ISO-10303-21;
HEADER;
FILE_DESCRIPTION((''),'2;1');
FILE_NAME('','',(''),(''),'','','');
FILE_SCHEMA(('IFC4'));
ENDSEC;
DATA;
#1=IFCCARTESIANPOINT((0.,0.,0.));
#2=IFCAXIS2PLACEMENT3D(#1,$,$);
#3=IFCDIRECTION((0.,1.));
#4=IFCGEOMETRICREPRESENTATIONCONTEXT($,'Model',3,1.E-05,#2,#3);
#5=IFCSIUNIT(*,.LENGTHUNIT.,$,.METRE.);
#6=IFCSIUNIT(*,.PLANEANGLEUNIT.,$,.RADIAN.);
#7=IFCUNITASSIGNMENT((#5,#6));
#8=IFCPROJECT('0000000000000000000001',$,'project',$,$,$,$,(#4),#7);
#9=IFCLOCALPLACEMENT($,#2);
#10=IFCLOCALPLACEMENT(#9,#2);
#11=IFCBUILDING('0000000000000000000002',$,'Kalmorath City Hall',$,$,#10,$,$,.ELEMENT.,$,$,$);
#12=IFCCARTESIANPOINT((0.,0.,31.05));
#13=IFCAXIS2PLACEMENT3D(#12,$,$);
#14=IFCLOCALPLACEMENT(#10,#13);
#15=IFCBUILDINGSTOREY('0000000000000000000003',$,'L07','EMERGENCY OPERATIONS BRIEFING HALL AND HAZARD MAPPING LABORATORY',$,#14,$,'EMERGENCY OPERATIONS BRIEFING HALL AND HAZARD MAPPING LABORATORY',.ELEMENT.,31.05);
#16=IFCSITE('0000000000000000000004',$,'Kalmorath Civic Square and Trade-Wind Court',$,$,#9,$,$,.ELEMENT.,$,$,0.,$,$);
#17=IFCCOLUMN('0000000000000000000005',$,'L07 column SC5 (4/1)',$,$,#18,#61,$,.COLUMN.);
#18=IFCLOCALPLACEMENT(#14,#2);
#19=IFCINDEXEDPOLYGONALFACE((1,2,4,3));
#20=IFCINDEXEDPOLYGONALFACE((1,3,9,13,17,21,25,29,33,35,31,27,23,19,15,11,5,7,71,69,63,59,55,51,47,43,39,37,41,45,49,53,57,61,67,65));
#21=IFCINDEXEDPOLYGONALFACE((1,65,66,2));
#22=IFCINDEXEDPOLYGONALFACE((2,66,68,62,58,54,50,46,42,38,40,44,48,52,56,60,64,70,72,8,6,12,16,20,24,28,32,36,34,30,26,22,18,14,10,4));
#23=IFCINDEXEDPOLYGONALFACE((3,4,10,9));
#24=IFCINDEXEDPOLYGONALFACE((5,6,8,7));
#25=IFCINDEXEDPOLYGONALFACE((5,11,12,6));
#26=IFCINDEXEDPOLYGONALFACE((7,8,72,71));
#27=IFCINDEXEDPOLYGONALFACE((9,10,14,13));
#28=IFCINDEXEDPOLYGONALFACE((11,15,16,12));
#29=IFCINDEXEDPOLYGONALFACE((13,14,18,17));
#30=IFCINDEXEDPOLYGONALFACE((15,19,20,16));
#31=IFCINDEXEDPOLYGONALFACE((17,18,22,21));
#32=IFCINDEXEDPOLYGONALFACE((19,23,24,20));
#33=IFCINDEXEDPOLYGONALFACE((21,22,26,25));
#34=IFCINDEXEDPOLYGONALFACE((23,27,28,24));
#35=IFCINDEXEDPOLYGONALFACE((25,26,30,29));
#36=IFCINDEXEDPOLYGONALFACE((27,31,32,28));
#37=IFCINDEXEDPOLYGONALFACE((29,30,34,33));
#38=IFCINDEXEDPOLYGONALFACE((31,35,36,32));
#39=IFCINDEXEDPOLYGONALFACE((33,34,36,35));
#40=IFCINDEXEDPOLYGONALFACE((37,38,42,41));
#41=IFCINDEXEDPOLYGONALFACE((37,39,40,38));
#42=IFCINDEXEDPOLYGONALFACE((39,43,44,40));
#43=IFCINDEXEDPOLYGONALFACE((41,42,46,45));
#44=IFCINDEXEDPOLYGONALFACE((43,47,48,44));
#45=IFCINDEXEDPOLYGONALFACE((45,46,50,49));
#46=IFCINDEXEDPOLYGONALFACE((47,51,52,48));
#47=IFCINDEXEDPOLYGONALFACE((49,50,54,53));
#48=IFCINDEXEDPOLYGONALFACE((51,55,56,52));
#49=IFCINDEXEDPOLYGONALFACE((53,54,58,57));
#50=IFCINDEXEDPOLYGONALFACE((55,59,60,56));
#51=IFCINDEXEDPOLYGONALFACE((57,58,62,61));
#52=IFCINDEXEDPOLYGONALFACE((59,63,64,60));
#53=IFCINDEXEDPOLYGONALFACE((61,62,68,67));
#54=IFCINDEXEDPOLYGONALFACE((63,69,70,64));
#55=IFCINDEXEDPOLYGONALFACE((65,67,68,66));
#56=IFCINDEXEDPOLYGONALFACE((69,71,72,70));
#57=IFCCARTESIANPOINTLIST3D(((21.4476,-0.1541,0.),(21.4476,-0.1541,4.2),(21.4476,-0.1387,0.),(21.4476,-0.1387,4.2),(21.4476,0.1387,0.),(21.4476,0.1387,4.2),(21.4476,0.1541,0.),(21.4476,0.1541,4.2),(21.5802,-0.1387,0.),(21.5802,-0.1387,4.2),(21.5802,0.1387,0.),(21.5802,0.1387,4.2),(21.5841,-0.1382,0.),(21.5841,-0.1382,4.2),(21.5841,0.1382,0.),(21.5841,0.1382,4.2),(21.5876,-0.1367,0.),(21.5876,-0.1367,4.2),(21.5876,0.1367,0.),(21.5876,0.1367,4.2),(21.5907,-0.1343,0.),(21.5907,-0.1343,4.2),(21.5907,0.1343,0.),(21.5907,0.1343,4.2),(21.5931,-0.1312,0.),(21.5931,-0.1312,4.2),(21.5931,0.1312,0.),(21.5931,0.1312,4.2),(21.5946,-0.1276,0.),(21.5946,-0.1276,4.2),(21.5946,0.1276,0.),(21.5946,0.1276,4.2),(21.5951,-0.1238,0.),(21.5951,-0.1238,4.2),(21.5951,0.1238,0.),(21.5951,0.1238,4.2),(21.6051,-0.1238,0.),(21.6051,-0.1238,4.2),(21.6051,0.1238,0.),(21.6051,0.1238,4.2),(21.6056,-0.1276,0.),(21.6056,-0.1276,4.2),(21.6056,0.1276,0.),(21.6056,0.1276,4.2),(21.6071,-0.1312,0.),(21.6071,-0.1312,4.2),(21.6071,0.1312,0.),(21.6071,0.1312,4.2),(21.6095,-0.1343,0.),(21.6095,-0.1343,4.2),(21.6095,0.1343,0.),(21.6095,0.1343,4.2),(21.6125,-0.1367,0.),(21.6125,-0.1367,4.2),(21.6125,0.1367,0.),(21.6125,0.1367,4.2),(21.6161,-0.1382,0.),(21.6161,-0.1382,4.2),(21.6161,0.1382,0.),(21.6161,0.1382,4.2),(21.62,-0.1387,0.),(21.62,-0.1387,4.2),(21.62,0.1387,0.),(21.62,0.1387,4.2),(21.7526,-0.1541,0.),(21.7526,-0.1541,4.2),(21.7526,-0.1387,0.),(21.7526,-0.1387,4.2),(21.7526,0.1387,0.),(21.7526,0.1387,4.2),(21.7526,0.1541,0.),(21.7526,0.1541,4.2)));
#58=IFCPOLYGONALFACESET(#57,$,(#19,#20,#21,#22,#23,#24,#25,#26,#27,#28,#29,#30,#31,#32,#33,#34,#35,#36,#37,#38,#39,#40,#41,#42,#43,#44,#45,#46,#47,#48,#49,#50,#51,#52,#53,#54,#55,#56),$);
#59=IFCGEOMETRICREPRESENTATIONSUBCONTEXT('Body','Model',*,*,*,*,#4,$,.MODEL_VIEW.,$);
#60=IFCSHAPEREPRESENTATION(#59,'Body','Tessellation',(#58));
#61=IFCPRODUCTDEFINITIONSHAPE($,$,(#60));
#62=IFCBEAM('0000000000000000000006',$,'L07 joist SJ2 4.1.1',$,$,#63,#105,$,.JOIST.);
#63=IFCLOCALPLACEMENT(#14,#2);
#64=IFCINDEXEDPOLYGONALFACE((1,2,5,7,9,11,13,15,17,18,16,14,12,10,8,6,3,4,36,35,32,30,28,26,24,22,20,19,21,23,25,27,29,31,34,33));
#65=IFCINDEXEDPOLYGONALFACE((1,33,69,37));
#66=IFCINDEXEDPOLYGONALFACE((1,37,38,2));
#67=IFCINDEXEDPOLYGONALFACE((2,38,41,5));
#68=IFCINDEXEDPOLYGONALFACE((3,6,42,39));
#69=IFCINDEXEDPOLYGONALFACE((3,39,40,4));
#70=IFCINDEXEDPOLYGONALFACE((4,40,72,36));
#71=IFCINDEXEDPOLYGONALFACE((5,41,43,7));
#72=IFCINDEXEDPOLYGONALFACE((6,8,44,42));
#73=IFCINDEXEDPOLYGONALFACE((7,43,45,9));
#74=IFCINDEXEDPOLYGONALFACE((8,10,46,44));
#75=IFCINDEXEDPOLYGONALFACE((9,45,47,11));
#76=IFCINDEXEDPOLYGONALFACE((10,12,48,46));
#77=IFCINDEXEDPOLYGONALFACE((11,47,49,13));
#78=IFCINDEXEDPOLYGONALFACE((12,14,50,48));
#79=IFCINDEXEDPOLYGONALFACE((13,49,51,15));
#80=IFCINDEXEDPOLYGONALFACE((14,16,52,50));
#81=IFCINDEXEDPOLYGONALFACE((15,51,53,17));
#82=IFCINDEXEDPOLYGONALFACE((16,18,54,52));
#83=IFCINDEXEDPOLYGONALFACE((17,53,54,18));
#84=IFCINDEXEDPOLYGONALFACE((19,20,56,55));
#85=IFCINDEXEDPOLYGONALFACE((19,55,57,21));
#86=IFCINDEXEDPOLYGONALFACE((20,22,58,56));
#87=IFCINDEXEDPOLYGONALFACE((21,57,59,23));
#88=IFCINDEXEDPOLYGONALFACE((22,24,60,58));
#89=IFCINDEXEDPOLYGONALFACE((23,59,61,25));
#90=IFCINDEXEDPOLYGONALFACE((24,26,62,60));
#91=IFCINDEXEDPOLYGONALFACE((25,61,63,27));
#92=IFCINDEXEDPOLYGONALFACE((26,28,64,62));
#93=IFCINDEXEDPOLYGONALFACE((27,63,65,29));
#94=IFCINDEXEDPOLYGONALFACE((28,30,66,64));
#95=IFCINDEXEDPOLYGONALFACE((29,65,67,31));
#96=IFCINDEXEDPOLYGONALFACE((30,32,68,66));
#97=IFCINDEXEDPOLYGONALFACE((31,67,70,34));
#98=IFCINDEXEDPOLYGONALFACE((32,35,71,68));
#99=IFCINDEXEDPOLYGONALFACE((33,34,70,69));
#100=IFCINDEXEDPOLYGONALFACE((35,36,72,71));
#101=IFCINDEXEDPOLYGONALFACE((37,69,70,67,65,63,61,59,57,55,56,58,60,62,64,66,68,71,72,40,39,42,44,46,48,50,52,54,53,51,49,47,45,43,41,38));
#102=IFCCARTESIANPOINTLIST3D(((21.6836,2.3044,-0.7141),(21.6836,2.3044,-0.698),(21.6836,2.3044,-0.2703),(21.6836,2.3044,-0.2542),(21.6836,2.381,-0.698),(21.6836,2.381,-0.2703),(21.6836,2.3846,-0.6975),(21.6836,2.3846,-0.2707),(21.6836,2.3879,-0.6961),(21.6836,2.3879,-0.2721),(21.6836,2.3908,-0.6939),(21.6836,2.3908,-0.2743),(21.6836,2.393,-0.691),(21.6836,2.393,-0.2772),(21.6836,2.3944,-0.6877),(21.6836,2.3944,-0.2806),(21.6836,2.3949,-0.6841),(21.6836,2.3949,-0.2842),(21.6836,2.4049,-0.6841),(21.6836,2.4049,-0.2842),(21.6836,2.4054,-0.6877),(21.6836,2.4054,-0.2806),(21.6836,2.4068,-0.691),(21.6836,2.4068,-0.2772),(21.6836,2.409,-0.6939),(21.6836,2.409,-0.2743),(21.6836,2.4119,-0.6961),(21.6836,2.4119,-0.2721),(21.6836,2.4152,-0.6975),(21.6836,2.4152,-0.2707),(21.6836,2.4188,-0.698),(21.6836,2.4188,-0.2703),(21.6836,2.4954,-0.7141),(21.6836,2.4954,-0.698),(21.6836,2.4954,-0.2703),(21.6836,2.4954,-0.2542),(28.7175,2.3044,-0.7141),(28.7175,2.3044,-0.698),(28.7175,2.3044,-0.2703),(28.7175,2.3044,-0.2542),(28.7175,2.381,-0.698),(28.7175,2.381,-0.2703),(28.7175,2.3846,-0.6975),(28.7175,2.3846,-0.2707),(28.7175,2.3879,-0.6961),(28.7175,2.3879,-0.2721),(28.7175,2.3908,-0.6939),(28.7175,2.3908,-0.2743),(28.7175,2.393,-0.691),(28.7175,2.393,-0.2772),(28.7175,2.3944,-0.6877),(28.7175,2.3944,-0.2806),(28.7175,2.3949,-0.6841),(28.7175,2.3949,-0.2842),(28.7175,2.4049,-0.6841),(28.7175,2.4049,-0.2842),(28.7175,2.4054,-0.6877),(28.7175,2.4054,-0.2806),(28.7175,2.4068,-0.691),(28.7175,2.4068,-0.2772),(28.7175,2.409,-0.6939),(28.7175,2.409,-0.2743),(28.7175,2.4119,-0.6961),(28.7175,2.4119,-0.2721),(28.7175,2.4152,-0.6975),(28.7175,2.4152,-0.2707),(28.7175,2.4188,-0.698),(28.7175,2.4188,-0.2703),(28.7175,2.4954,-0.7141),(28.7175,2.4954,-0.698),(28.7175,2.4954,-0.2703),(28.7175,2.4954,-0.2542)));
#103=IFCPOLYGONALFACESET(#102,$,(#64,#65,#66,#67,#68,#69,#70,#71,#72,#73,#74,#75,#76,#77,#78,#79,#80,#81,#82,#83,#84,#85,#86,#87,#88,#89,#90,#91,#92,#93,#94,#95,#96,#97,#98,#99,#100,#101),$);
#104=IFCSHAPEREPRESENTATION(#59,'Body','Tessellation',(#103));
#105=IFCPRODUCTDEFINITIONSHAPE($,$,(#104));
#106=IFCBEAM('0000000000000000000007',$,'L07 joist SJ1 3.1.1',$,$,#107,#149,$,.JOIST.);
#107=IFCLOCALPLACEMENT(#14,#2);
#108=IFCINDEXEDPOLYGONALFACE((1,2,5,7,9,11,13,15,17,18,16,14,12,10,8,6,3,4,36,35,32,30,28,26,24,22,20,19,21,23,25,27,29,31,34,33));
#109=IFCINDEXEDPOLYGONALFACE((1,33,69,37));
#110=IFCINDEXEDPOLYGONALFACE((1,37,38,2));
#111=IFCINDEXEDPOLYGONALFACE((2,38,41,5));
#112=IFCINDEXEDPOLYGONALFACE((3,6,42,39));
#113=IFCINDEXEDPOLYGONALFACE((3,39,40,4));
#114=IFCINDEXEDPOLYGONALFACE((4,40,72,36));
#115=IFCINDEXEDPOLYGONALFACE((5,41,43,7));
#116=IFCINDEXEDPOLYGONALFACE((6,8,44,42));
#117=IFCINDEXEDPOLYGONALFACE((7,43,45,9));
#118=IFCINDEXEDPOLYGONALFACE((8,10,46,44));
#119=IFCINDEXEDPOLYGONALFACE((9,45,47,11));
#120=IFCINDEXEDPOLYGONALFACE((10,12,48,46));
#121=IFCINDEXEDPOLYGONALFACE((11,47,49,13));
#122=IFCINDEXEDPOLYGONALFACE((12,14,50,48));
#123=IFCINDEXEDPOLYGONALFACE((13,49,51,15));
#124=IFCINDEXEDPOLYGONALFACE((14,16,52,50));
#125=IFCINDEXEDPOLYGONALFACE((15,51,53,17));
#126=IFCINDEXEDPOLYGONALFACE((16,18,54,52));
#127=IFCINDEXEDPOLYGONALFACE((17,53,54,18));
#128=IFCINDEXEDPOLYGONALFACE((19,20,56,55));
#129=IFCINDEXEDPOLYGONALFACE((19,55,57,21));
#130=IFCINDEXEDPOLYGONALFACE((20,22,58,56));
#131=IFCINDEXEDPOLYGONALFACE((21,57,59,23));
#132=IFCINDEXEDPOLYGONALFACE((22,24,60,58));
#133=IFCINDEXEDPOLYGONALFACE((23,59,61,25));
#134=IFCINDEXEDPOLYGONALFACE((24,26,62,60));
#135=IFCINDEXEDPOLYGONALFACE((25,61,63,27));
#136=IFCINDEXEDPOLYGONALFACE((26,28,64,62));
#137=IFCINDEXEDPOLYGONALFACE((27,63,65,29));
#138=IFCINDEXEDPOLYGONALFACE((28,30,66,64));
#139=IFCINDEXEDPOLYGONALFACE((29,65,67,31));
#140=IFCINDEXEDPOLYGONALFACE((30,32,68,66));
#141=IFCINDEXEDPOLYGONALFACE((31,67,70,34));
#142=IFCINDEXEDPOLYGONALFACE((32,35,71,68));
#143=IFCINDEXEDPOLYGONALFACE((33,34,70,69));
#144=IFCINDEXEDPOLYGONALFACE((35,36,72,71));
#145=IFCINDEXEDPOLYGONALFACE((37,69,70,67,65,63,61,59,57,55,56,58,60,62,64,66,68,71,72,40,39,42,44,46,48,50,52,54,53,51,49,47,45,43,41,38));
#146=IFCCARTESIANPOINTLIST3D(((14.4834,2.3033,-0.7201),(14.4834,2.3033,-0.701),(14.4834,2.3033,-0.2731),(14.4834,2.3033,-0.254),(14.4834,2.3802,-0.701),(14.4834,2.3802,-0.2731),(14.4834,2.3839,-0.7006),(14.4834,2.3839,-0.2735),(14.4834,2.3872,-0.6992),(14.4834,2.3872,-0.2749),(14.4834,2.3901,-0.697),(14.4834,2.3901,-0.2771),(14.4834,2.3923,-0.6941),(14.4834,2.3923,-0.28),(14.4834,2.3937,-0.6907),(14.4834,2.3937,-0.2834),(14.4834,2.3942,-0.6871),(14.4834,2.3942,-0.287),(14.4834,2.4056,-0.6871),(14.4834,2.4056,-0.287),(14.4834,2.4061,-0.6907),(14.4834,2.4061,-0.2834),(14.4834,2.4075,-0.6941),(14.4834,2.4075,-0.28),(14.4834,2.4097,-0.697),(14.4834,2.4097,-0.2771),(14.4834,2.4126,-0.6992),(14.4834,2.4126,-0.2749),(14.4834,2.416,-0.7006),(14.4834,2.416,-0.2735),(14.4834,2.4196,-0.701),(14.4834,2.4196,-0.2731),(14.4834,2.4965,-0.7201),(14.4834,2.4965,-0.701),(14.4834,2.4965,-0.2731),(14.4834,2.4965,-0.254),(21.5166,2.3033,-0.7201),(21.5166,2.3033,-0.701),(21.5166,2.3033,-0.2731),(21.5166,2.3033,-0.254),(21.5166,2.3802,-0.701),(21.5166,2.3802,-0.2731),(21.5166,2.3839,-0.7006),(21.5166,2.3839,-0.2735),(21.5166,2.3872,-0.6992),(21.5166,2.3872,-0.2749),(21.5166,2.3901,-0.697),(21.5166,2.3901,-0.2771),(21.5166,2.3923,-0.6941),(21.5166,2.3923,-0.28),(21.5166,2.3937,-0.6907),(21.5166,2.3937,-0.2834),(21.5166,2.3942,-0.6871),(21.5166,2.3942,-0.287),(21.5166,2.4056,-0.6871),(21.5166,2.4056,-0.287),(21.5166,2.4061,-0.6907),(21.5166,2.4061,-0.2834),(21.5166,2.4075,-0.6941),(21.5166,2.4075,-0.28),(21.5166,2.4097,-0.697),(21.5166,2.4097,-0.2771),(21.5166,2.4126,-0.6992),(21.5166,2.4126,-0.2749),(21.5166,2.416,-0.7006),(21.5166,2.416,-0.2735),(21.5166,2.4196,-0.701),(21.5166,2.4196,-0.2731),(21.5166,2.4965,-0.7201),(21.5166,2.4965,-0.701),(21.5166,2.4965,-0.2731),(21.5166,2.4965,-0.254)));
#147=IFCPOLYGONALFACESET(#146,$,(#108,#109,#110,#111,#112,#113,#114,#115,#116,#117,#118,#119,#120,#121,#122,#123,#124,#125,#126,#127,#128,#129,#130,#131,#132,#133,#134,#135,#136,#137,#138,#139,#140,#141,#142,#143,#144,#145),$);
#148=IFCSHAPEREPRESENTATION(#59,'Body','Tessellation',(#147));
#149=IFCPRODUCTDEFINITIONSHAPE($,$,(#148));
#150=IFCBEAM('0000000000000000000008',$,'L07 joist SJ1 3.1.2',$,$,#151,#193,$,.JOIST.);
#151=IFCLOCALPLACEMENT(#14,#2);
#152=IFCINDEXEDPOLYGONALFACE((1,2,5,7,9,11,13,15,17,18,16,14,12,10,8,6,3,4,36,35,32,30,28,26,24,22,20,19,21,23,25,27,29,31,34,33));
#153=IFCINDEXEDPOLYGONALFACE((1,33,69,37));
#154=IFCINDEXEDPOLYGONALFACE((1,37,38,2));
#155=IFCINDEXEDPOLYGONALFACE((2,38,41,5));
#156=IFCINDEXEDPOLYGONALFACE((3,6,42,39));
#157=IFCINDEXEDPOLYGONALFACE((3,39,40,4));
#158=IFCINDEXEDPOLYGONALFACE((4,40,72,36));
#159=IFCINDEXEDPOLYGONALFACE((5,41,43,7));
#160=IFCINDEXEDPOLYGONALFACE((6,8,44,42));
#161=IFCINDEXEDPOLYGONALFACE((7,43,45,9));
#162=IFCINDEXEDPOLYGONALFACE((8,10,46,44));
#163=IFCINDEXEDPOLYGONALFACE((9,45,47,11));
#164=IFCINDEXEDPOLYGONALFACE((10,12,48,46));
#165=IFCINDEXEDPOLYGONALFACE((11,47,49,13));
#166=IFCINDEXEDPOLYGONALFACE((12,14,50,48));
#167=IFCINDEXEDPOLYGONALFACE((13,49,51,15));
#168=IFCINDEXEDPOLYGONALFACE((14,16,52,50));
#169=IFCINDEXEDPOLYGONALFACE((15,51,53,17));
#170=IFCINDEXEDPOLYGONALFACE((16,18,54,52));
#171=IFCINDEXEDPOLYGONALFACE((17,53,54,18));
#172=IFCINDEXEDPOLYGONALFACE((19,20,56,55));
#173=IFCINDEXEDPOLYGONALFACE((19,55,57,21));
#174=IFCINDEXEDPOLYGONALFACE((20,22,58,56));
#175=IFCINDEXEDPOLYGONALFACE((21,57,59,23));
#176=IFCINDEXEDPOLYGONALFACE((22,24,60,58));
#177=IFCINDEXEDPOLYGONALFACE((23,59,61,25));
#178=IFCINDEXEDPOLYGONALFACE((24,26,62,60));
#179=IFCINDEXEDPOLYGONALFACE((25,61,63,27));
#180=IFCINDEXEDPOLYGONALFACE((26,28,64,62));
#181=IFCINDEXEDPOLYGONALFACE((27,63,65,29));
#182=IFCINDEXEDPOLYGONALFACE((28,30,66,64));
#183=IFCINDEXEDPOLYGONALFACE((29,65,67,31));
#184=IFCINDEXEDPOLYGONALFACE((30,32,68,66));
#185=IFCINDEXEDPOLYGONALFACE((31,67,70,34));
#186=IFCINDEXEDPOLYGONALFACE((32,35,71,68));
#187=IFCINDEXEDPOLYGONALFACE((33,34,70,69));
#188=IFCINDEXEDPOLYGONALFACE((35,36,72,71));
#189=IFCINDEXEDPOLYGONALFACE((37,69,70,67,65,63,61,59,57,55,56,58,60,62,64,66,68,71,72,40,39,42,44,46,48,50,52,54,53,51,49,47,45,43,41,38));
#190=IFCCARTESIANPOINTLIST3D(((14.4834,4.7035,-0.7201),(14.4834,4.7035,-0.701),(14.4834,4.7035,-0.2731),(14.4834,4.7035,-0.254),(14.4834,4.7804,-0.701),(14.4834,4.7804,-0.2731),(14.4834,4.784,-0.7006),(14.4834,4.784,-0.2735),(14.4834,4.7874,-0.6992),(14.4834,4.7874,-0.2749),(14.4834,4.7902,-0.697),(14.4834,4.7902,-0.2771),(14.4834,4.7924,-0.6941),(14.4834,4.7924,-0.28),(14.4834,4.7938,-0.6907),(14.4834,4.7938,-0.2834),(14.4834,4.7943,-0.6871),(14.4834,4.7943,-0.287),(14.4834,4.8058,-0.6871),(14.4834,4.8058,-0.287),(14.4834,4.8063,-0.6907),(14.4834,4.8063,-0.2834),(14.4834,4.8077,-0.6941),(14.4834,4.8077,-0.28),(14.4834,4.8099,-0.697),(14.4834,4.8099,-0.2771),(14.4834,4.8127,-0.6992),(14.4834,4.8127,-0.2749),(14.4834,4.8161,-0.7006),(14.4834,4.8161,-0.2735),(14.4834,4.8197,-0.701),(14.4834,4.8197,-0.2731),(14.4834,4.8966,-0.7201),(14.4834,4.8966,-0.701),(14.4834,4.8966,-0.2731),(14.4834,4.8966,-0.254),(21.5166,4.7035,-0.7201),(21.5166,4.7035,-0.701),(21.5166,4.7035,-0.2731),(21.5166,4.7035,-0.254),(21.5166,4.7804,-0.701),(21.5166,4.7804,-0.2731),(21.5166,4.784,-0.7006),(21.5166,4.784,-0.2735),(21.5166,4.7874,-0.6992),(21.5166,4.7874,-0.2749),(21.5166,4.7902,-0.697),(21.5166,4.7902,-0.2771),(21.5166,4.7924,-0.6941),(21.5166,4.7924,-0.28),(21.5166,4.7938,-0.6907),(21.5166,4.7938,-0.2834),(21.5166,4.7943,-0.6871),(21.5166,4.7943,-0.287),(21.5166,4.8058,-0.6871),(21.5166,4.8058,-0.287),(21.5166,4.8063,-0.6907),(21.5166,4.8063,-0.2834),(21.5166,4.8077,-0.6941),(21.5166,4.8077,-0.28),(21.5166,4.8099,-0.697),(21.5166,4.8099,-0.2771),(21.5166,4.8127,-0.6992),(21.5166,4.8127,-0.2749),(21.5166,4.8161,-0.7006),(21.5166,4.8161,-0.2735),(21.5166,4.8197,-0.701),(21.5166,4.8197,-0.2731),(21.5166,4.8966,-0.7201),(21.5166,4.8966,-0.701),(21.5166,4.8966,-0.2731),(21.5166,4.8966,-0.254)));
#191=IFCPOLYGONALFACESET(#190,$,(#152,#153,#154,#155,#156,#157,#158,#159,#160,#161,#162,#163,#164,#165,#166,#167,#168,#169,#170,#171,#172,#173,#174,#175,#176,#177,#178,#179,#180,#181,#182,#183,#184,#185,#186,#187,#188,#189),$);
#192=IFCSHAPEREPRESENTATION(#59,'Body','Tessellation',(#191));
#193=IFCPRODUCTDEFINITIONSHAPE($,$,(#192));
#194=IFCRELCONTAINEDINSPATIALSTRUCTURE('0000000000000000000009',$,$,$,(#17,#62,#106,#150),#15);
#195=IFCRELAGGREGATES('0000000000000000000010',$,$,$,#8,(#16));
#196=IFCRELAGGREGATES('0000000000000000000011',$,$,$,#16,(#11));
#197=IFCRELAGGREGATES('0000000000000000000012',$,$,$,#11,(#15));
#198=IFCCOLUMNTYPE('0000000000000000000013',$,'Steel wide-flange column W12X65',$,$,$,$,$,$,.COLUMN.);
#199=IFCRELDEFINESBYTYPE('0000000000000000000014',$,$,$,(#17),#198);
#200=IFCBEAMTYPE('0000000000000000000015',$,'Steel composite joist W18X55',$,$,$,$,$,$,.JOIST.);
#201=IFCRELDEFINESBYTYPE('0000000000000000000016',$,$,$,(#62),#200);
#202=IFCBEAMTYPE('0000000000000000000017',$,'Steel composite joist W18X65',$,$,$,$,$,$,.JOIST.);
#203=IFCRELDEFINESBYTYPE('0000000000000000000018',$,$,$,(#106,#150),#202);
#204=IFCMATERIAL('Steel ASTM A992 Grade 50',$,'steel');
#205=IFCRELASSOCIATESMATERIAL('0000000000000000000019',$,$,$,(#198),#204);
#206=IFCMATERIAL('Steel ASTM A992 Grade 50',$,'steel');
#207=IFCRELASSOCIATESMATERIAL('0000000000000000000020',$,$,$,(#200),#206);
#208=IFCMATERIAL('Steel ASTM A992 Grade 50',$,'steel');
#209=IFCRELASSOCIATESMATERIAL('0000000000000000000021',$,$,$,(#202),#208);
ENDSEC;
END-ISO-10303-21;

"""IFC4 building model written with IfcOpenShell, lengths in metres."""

from ifc_helpers import new_model, si_unit, direction, frame, origin, origin_2d, place, context, subcontext, project, spatial, i_section, extrude, material, material_profile, profile_set, type_object, element, save


model = new_model("IFC4")

# Units and contexts
model_context = context("Model", 3, precision=1e-05, world=origin(), true_north=direction((0.0, 1.0)))
body_context = subcontext(model_context, "Body", "Model", "MODEL_VIEW")
ifc_project = project(units=[si_unit("LENGTHUNIT", "METRE"), si_unit("PLANEANGLEUNIT", "RADIAN")], contexts=[model_context])

# Site, building, storey
site_placement = place(None, origin())
site = spatial("IfcSite", under=ifc_project, at=site_placement, Name="Kalmorath Civic Square and Trade-Wind Court", CompositionType="ELEMENT", RefElevation=0.0)
building_placement = place(site_placement, origin())
building = spatial("IfcBuilding", under=site, at=building_placement, Name="Kalmorath City Hall", CompositionType="ELEMENT")
storey_placement = place(building_placement, frame((0.0, 0.0, 31.05)))
storey = spatial("IfcBuildingStorey", under=building, at=storey_placement, Name="L07", Description="EMERGENCY OPERATIONS BRIEFING HALL AND HAZARD MAPPING LABORATORY", LongName="EMERGENCY OPERATIONS BRIEFING HALL AND HAZARD MAPPING LABORATORY", CompositionType="ELEMENT", Elevation=31.05)

# Column
ifc_material_1 = material(Name="Steel ASTM A992 Grade 50", Category="steel")
ifc_material_profile_1 = material_profile(ifc_material_1, i_section(OverallWidth=0.3049, OverallDepth=0.3081, WebThickness=0.01, FlangeThickness=0.0154, FilletRadius=0.0149, at=origin_2d()), Name="W12X65")
ifc_profile_set_1 = profile_set([ifc_material_profile_1], Name="Steel ASTM A992 Grade 50")
column_type = type_object("IfcColumnType", Name="Steel wide-flange column W12X65", PredefinedType="COLUMN", material=ifc_profile_set_1)
column_placement = place(storey_placement, frame((21.6001, 0.0, 0.0), z_axis=(0.0, 0.0, 1.0), x_axis=(1.0, 0.0, 0.0)))
element("IfcColumn", 1, at=column_placement, inside=storey, type_object=column_type, Name="L07 column SC5 (4/1)", PredefinedType="COLUMN", context=body_context, shape_type="SweptSolid", body=[
    extrude(i_section(OverallWidth=0.3049, OverallDepth=0.3081, WebThickness=0.01, FlangeThickness=0.0154, FilletRadius=0.0149, at=origin_2d()), origin(), (0.0, 0.0, 1.0), 4.2),
])

# Beams
ifc_material_2 = material(Name="Steel ASTM A992 Grade 50", Category="steel")
ifc_material_profile_2 = material_profile(ifc_material_2, i_section(OverallWidth=0.1909, OverallDepth=0.46, WebThickness=0.01, FlangeThickness=0.0161, FilletRadius=0.0139, at=origin_2d()), Name="W18X55")
ifc_profile_set_2 = profile_set([ifc_material_profile_2], Name="Steel ASTM A992 Grade 50")
beam_type_1 = type_object("IfcBeamType", Name="Steel composite joist W18X55", PredefinedType="JOIST", material=ifc_profile_set_2)
beam_1_placement = place(storey_placement, frame((21.6836, 2.3999, -0.4841), z_axis=(1.0, 0.0, 0.0), x_axis=(0.0, 1.0, 0.0)))
element("IfcBeam", 2, at=beam_1_placement, inside=storey, type_object=beam_type_1, Name="L07 joist SJ2 4.1.1", PredefinedType="JOIST", context=body_context, shape_type="SweptSolid", body=[
    extrude(i_section(OverallWidth=0.1909, OverallDepth=0.46, WebThickness=0.01, FlangeThickness=0.0161, FilletRadius=0.0139, at=origin_2d()), origin(), (0.0, 0.0, 1.0), 7.0339),
])
ifc_material_3 = material(Name="Steel ASTM A992 Grade 50", Category="steel")
ifc_material_profile_3 = material_profile(ifc_material_3, i_section(OverallWidth=0.1931, OverallDepth=0.4661, WebThickness=0.0115, FlangeThickness=0.019, FilletRadius=0.0139, at=origin_2d()), Name="W18X65")
ifc_profile_set_3 = profile_set([ifc_material_profile_3], Name="Steel ASTM A992 Grade 50")
beam_type_2 = type_object("IfcBeamType", Name="Steel composite joist W18X65", PredefinedType="JOIST", material=ifc_profile_set_3)
for number, where, z_axis, x_axis, name in (
    (3, (14.4834, 2.3999, -0.4871), (1.0, 0.0, 0.0), (0.0, 1.0, 0.0), "L07 joist SJ1 3.1.1"),
    (4, (14.4834, 4.8, -0.4871), (1.0, 0.0, 0.0), (0.0, 1.0, 0.0), "L07 joist SJ1 3.1.2"),
):
    element("IfcBeam", number, at=place(storey_placement, frame(where, z_axis=z_axis, x_axis=x_axis)), inside=storey, type_object=beam_type_2, Name=name, PredefinedType="JOIST", context=body_context, shape_type="SweptSolid", body=[
        extrude(i_section(OverallWidth=0.1931, OverallDepth=0.4661, WebThickness=0.0115, FlangeThickness=0.019, FilletRadius=0.0139, at=origin_2d()), origin(), (0.0, 0.0, 1.0), 7.0332),
    ])

save(model, "model.ifc")
